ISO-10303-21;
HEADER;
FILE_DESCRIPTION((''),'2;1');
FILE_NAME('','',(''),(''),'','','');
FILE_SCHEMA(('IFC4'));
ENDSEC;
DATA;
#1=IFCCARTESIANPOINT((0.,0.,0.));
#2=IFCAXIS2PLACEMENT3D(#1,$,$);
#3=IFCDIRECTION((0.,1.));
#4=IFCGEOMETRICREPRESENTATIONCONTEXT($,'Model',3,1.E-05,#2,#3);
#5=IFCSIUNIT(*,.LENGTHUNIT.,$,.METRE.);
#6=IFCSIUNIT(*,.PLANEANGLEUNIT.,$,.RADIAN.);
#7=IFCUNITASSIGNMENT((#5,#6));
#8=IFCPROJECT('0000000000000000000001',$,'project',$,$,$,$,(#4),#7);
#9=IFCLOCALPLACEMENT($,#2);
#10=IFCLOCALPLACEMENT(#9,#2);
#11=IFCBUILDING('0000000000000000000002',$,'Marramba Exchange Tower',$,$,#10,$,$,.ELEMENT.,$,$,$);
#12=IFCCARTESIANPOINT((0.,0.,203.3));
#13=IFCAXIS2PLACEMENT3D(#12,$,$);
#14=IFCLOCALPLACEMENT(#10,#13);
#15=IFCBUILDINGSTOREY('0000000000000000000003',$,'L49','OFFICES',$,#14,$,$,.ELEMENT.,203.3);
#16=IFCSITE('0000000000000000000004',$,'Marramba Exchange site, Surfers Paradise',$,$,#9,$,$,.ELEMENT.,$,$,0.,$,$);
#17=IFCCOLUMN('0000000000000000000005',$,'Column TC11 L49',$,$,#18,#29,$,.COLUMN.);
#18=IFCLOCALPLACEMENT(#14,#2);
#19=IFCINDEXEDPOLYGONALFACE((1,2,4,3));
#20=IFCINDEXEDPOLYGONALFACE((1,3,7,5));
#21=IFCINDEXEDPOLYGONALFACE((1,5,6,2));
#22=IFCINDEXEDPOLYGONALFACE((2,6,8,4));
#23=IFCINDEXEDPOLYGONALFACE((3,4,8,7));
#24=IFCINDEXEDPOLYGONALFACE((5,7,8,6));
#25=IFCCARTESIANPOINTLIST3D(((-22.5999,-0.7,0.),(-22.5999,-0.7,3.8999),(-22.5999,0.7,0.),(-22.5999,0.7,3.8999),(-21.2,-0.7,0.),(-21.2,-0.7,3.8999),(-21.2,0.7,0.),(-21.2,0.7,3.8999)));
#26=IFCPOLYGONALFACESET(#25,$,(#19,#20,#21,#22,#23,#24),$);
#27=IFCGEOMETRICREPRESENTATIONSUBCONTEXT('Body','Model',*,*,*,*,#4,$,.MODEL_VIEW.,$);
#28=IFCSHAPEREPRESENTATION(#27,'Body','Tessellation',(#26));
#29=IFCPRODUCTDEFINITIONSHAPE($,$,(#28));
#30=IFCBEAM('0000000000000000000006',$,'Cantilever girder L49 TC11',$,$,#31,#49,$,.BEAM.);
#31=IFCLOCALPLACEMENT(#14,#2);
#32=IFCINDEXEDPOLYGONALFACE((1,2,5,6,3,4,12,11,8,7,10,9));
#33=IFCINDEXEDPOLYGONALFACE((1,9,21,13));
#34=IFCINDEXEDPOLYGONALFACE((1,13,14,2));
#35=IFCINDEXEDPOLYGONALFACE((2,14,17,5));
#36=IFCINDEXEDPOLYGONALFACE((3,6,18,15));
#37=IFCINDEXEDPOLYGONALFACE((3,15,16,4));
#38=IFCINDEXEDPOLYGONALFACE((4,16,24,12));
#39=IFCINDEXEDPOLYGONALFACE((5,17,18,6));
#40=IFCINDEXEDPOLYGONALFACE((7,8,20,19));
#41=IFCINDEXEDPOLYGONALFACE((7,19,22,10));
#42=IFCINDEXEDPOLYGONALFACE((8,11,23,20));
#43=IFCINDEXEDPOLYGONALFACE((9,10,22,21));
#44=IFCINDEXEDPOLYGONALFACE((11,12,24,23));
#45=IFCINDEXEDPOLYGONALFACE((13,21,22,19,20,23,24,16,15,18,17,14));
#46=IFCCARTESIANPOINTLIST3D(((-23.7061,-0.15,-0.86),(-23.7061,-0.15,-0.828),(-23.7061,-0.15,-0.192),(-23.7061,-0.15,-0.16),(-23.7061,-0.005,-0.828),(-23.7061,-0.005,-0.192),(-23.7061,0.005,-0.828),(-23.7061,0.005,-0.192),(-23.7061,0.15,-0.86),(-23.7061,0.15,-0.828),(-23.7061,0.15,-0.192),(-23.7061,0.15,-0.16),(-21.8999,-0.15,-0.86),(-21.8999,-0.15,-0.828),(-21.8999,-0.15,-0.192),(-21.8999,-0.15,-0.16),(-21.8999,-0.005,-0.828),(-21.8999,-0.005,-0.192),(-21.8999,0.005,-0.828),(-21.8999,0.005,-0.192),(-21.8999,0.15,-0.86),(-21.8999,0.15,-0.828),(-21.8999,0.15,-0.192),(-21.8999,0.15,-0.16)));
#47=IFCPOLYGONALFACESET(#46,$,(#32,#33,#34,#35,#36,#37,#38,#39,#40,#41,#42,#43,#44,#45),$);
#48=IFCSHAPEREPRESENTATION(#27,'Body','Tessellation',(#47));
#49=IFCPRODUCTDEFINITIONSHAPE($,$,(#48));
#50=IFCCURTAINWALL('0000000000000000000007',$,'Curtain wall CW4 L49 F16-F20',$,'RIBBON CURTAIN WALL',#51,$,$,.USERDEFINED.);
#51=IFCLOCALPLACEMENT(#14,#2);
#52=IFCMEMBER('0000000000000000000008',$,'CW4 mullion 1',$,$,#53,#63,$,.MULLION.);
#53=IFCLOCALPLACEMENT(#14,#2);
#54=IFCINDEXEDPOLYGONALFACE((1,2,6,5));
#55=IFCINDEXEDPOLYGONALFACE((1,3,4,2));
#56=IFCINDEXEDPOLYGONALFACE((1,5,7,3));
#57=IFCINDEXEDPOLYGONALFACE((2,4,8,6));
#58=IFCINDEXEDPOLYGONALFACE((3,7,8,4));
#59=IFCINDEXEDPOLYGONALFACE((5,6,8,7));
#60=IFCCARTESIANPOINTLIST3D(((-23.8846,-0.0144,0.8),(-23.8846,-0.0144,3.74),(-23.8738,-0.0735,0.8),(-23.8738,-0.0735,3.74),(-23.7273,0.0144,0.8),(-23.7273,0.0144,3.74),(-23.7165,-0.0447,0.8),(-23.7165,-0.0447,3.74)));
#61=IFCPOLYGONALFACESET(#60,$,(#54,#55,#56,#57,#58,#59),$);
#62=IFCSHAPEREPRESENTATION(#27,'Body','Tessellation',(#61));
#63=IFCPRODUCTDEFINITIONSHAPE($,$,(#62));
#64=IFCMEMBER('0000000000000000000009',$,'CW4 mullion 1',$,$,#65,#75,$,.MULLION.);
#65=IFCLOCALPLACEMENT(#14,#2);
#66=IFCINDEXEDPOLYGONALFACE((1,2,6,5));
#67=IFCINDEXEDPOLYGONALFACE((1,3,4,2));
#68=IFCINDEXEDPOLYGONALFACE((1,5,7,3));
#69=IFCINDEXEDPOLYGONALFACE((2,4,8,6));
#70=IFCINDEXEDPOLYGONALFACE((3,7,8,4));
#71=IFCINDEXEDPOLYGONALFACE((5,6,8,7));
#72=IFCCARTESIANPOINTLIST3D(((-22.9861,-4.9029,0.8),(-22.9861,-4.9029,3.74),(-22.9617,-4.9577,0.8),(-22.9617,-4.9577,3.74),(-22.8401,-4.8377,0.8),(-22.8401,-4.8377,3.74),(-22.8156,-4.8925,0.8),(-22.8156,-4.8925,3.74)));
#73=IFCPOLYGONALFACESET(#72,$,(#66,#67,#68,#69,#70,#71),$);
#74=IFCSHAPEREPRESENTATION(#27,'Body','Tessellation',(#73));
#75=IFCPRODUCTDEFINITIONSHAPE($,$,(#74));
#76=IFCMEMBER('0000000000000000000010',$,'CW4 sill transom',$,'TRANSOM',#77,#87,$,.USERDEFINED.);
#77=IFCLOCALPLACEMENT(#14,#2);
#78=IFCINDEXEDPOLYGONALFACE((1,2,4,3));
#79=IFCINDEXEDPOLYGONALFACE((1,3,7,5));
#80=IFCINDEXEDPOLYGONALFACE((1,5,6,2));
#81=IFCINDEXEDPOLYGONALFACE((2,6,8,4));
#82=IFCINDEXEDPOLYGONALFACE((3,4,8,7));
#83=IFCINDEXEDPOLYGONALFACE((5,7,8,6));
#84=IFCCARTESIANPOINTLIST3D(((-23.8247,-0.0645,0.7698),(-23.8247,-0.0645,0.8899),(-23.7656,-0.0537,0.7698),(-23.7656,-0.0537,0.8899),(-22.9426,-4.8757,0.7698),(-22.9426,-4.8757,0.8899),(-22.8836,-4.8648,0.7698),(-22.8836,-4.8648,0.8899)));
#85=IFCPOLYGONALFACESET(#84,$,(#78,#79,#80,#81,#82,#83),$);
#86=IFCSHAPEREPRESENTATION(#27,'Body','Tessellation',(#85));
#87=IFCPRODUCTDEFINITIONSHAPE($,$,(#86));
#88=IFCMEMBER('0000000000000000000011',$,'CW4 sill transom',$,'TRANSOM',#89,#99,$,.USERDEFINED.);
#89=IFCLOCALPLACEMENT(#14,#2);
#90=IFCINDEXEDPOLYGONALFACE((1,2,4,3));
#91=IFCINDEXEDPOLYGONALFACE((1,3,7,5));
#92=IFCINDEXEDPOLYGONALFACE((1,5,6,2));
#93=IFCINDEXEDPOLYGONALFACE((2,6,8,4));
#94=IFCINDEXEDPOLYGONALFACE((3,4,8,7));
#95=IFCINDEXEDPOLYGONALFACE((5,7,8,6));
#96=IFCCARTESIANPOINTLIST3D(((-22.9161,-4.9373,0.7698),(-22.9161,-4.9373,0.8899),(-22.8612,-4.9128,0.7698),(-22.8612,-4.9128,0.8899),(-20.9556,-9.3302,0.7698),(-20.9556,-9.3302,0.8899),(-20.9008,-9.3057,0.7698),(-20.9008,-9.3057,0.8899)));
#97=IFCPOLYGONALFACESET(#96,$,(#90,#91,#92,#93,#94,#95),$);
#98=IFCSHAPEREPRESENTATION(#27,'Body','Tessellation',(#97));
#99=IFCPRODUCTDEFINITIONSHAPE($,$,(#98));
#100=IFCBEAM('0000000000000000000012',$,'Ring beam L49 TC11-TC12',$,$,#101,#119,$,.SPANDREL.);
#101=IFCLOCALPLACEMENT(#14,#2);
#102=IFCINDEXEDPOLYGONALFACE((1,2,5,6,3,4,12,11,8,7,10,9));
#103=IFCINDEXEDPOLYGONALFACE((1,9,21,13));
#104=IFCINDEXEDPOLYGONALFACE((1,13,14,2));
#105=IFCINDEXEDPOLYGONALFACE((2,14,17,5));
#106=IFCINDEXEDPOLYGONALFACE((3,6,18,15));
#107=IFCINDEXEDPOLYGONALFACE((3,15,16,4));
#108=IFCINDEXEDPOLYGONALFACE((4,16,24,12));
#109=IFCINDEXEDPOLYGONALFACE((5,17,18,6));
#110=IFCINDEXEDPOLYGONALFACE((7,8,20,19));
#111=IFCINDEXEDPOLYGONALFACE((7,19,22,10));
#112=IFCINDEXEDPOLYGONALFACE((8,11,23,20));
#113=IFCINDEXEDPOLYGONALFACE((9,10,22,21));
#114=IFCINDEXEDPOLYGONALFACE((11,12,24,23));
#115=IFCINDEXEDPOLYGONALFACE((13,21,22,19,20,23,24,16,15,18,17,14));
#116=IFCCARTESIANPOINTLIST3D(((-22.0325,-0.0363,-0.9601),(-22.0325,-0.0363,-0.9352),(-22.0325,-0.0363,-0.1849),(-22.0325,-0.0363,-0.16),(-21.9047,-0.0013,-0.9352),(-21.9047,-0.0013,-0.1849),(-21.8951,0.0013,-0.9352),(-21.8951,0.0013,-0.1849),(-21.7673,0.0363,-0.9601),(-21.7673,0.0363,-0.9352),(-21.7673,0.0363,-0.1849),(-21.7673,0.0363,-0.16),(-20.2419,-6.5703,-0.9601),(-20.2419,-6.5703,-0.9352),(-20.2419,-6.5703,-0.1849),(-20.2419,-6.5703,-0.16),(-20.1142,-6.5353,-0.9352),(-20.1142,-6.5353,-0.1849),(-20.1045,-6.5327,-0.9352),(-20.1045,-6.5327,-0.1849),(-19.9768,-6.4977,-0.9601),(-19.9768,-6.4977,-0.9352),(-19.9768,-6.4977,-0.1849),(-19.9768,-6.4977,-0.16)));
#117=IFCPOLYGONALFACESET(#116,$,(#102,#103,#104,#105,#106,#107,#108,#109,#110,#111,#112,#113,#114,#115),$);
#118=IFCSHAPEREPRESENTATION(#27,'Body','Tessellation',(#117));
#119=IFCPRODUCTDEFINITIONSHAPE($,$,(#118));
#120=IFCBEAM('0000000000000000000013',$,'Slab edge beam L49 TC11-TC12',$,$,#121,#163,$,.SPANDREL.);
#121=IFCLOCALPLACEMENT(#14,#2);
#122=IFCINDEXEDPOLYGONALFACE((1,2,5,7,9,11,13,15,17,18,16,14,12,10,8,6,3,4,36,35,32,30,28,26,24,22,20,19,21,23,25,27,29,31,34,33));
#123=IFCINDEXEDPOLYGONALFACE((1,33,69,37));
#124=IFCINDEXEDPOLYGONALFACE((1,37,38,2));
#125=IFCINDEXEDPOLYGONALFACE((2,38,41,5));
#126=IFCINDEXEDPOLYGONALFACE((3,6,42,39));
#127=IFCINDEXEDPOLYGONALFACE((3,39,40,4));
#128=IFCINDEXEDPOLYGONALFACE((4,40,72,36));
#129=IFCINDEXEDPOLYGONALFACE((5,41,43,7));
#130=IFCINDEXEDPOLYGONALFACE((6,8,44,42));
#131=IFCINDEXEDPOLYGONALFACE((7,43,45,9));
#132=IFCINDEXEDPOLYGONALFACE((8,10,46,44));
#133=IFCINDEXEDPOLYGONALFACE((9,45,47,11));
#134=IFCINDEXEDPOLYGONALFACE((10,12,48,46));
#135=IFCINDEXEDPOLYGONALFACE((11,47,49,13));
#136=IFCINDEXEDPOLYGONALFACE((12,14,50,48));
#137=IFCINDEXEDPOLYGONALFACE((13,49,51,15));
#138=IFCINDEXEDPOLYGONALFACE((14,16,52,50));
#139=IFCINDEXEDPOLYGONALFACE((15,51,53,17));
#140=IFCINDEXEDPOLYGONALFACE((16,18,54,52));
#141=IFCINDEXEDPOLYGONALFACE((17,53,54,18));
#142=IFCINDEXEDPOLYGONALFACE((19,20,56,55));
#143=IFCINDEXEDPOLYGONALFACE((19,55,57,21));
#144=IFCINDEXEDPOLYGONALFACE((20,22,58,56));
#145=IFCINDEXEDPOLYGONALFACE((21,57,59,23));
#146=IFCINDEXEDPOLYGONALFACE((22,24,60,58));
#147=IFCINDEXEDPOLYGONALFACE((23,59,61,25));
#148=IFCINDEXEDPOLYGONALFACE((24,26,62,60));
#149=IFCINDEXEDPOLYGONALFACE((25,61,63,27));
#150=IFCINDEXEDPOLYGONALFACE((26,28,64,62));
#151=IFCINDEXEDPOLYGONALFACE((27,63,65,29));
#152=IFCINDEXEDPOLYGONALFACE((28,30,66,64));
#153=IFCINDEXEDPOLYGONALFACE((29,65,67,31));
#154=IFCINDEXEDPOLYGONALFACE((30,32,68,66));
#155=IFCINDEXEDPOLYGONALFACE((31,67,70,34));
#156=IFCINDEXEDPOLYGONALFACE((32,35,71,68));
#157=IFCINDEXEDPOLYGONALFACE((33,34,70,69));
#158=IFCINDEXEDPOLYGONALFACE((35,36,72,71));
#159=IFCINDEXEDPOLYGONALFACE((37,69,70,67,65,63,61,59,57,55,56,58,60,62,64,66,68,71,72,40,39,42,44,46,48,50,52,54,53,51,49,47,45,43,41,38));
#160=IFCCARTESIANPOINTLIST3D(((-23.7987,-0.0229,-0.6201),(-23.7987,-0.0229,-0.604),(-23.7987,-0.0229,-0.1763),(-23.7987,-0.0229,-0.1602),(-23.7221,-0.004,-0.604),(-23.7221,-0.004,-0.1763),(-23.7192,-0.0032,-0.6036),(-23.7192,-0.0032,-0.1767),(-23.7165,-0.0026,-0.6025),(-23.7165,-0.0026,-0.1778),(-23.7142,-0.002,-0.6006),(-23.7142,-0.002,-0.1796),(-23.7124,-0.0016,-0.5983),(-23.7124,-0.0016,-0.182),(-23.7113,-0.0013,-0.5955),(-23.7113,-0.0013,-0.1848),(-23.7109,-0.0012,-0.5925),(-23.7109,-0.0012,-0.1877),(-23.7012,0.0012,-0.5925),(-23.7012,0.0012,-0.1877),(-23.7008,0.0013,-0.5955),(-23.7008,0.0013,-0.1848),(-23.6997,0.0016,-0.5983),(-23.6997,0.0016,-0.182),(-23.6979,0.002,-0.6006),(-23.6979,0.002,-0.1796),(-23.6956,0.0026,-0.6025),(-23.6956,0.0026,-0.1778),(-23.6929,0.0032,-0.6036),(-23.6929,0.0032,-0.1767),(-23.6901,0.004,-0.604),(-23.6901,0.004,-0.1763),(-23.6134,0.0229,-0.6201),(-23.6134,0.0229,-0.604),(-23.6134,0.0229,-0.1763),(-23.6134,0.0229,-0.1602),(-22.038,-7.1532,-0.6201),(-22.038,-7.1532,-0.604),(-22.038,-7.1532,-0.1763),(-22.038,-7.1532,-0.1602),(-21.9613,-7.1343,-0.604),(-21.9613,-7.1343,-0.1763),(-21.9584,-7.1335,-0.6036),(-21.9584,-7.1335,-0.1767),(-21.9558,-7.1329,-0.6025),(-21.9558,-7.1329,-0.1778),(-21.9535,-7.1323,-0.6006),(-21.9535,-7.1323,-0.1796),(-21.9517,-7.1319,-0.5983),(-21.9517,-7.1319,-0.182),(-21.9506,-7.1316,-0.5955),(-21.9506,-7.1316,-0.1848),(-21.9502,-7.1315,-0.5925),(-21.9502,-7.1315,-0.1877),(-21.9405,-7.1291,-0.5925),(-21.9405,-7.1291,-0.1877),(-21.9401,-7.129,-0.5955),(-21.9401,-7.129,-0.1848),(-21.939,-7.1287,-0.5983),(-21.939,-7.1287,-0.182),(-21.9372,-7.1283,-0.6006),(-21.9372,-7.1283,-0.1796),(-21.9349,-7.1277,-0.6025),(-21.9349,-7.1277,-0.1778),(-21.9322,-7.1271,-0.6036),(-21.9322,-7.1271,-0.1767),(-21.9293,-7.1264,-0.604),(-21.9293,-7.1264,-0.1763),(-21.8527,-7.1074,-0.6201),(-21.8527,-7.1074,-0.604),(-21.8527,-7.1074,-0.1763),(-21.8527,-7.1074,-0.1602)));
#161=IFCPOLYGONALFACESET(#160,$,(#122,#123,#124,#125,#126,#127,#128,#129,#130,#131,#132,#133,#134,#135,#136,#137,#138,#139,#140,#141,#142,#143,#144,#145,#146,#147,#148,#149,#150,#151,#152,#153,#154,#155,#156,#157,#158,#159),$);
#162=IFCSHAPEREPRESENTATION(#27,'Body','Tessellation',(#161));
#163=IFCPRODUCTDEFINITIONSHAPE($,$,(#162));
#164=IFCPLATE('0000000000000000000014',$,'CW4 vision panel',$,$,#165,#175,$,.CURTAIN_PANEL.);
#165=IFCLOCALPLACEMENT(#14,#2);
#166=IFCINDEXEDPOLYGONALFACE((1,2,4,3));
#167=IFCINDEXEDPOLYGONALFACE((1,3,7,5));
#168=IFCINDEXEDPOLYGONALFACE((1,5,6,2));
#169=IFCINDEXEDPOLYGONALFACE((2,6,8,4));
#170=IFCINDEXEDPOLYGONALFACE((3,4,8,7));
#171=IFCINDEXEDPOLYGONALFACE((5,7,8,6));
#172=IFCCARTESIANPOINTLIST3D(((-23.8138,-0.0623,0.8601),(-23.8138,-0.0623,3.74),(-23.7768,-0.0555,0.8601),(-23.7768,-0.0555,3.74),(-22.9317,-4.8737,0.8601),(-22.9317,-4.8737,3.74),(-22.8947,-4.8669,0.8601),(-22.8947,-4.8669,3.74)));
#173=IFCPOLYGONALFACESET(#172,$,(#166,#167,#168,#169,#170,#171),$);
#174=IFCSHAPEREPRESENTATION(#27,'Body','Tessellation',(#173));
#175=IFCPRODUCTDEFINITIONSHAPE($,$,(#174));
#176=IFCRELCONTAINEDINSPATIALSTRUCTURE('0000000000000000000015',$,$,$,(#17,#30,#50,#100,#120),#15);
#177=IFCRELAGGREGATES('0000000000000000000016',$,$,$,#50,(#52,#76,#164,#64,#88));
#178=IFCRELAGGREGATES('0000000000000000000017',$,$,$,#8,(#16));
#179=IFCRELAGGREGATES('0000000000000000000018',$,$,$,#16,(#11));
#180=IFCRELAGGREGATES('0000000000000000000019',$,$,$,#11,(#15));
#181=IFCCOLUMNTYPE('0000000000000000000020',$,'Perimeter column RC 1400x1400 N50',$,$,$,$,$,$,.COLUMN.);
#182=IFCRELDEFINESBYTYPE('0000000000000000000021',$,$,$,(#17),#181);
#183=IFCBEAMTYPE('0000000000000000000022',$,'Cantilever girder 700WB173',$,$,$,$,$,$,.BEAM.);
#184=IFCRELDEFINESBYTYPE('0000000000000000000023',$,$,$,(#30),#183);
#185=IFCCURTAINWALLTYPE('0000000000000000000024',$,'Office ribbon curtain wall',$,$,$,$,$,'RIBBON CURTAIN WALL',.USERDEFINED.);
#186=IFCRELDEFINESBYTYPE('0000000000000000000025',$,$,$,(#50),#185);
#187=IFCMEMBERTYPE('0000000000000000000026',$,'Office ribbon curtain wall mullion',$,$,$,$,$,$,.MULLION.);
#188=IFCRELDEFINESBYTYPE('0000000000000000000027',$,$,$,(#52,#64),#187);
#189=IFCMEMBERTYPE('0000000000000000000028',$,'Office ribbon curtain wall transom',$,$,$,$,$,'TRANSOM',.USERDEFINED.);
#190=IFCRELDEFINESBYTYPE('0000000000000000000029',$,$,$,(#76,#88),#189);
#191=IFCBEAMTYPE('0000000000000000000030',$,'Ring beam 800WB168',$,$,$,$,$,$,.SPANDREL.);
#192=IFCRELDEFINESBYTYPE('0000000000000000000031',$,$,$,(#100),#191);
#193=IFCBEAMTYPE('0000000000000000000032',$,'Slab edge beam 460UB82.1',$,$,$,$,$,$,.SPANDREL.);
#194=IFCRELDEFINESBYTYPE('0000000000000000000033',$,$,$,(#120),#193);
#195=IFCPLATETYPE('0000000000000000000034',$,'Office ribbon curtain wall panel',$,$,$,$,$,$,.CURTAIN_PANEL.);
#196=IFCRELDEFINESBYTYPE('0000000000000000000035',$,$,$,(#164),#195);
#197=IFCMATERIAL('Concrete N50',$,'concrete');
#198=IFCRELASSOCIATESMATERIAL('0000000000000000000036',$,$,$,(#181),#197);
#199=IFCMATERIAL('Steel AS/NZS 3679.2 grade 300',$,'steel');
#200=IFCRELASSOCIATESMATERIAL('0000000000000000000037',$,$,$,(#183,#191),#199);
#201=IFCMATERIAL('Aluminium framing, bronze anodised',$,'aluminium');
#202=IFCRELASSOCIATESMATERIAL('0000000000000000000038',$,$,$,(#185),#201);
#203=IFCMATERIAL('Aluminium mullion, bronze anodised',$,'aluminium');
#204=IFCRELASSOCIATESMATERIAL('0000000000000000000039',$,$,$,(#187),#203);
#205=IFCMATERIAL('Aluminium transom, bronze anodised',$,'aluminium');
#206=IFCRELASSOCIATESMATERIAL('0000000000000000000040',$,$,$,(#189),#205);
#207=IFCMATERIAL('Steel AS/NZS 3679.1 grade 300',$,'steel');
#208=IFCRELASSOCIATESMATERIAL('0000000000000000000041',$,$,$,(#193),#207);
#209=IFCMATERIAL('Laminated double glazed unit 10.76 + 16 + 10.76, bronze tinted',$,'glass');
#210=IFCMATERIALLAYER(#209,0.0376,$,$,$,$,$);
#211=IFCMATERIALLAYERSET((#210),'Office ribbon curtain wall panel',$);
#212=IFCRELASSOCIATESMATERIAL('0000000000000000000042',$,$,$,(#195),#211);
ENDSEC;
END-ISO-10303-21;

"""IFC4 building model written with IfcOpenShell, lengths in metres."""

from ifc_helpers import new_model, si_unit, direction, frame, origin, origin_2d, place, context, subcontext, project, spatial, rectangle, i_section, extrude, material, layer, layer_set, material_profile, profile_set, type_object, element, aggregate, save


model = new_model("IFC4")

# Units and contexts
model_context = context("Model", 3, precision=1e-05, world=origin(), true_north=direction((0.0, 1.0)))
body_context = subcontext(model_context, "Body", "Model", "MODEL_VIEW")
ifc_project = project(units=[si_unit("LENGTHUNIT", "METRE"), si_unit("PLANEANGLEUNIT", "RADIAN")], contexts=[model_context])

# Site, building, storey
site_placement = place(None, origin())
site = spatial("IfcSite", under=ifc_project, at=site_placement, Name="Marramba Exchange site, Surfers Paradise", CompositionType="ELEMENT", RefElevation=0.0)
building_placement = place(site_placement, origin())
building = spatial("IfcBuilding", under=site, at=building_placement, Name="Marramba Exchange Tower", CompositionType="ELEMENT")
storey_placement = place(building_placement, frame((0.0, 0.0, 203.3)))
storey = spatial("IfcBuildingStorey", under=building, at=storey_placement, Name="L49", Description="OFFICES", CompositionType="ELEMENT", Elevation=203.3)

# Column
ifc_material_1 = material(Name="Concrete N50", Category="concrete")
ifc_material_profile_1 = material_profile(ifc_material_1, rectangle(XDim=1.3999, YDim=1.3999, at=origin_2d()), Name="RC 1400x1400")
ifc_profile_set_1 = profile_set([ifc_material_profile_1], Name="Concrete N50")
column_type = type_object("IfcColumnType", Name="Perimeter column RC 1400x1400 N50", PredefinedType="COLUMN", material=ifc_profile_set_1)
column_placement = place(storey_placement, frame((-21.8999, 0.0, 0.0), z_axis=(0.0, 0.0, 1.0), x_axis=(-1.0, 0.0, 0.0)))
element("IfcColumn", 1, at=column_placement, inside=storey, type_object=column_type, Name="Column TC11 L49", PredefinedType="COLUMN", context=body_context, shape_type="SweptSolid", body=[
    extrude(rectangle(XDim=1.3999, YDim=1.3999, at=origin_2d()), origin(), (0.0, 0.0, 1.0), 3.8999),
])

# Beam
ifc_material_2 = material(Name="Steel AS/NZS 3679.2 grade 300", Category="steel")
ifc_material_profile_2 = material_profile(ifc_material_2, i_section(OverallWidth=0.3, OverallDepth=0.7, WebThickness=0.01, FlangeThickness=0.032, at=origin_2d()), Name="700WB173")
ifc_profile_set_2 = profile_set([ifc_material_profile_2], Name="Steel AS/NZS 3679.2 grade 300")
beam_type_1 = type_object("IfcBeamType", Name="Cantilever girder 700WB173", PredefinedType="BEAM", material=ifc_profile_set_2)
beam_1_placement = place(storey_placement, frame((-21.8999, 0.0, -0.51), z_axis=(-1.0, 0.0, 0.0), x_axis=(0.0, -1.0, 0.0)))
element("IfcBeam", 2, at=beam_1_placement, inside=storey, type_object=beam_type_1, Name="Cantilever girder L49 TC11", PredefinedType="BEAM", context=body_context, shape_type="SweptSolid", body=[
    extrude(i_section(OverallWidth=0.3, OverallDepth=0.7, WebThickness=0.01, FlangeThickness=0.032, at=origin_2d()), origin(), (0.0, 0.0, 1.0), 1.8062),
])

# Curtain wall, members
ifc_material_3 = material(Name="Aluminium framing, bronze anodised", Category="aluminium")
curtain_wall_type = type_object("IfcCurtainWallType", Name="Office ribbon curtain wall", ElementType="RIBBON CURTAIN WALL", PredefinedType="USERDEFINED", material=ifc_material_3)
curtain_wall_placement = place(storey_placement, origin())
curtain_wall = element("IfcCurtainWall", 3, at=curtain_wall_placement, inside=storey, type_object=curtain_wall_type, Name="Curtain wall CW4 L49 F16-F20", ObjectType="RIBBON CURTAIN WALL", PredefinedType="USERDEFINED")
ifc_material_4 = material(Name="Aluminium mullion, bronze anodised", Category="aluminium")
ifc_material_profile_3 = material_profile(ifc_material_4, rectangle(XDim=0.1599, YDim=0.0601, at=origin_2d()), Name="CW4 mullion 60x160")
ifc_profile_set_3 = profile_set([ifc_material_profile_3], Name="Aluminium mullion, bronze anodised")
member_type_1 = type_object("IfcMemberType", Name="Office ribbon curtain wall mullion", PredefinedType="MULLION", material=ifc_profile_set_3)
member_1_placement = place(storey_placement, frame((-23.8005, -0.0295, 0.8), z_axis=(0.0, 0.0, 1.0), x_axis=(0.983607, 0.180327, 0.0)))
member_1 = element("IfcMember", 4, at=member_1_placement, type_object=member_type_1, Name="CW4 mullion 1", PredefinedType="MULLION", context=body_context, shape_type="SweptSolid", body=[
    extrude(rectangle(XDim=0.1599, YDim=0.0601, at=origin_2d()), origin(), (0.0, 0.0, 1.0), 2.9399),
])
member_2_placement = place(storey_placement, frame((-22.9009, -4.8977, 0.8), z_axis=(0.0, 0.0, 1.0), x_axis=(0.91318, 0.407558, 0.0)))
member_2 = element("IfcMember", 5, at=member_2_placement, type_object=member_type_1, Name="CW4 mullion 1", PredefinedType="MULLION", context=body_context, shape_type="SweptSolid", body=[
    extrude(rectangle(XDim=0.1599, YDim=0.0601, at=origin_2d()), origin(), (0.0, 0.0, 1.0), 2.9399),
])
ifc_material_5 = material(Name="Aluminium transom, bronze anodised", Category="aluminium")
ifc_material_profile_4 = material_profile(ifc_material_5, rectangle(XDim=0.0601, YDim=0.1201, at=origin_2d()), Name="CW4 transom 60x120")
ifc_profile_set_4 = profile_set([ifc_material_profile_4], Name="Aluminium transom, bronze anodised")
member_type_2 = type_object("IfcMemberType", Name="Office ribbon curtain wall transom", ElementType="TRANSOM", PredefinedType="USERDEFINED", material=ifc_profile_set_4)
member_3_placement = place(storey_placement, frame((-23.7952, -0.0591, 0.8298), z_axis=(0.18033, -0.983606, 0.0), x_axis=(0.983606, 0.18033, 0.0)))
member_3 = element("IfcMember", 6, at=member_3_placement, type_object=member_type_2, Name="CW4 sill transom", ObjectType="TRANSOM", PredefinedType="USERDEFINED", context=body_context, shape_type="SweptSolid", body=[
    extrude(rectangle(XDim=0.0601, YDim=0.1201, at=origin_2d()), origin(), (0.0, 0.0, 1.0), 4.8914),
])
member_4_placement = place(storey_placement, frame((-22.8887, -4.925, 0.8298), z_axis=(0.407541, -0.913187, 0.0), x_axis=(0.913187, 0.407541, 0.0)))
member_4 = element("IfcMember", 7, at=member_4_placement, type_object=member_type_2, Name="CW4 sill transom", ObjectType="TRANSOM", PredefinedType="USERDEFINED", context=body_context, shape_type="SweptSolid", body=[
    extrude(rectangle(XDim=0.0601, YDim=0.1201, at=origin_2d()), origin(), (0.0, 0.0, 1.0), 4.8105),
])

# Beams
ifc_material_profile_5 = material_profile(ifc_material_2, i_section(OverallWidth=0.2749, OverallDepth=0.8, WebThickness=0.01, FlangeThickness=0.0249, at=origin_2d()), Name="800WB168")
ifc_profile_set_5 = profile_set([ifc_material_profile_5], Name="Steel AS/NZS 3679.2 grade 300")
beam_type_2 = type_object("IfcBeamType", Name="Ring beam 800WB168", PredefinedType="SPANDREL", material=ifc_profile_set_5)
beam_2_placement = place(storey_placement, frame((-21.8999, 0.0, -0.5601), z_axis=(0.264291, -0.964443, 0.0), x_axis=(0.964443, 0.264291, 0.0)))
element("IfcBeam", 8, at=beam_2_placement, inside=storey, type_object=beam_type_2, Name="Ring beam L49 TC11-TC12", PredefinedType="SPANDREL", context=body_context, shape_type="SweptSolid", body=[
    extrude(i_section(OverallWidth=0.2749, OverallDepth=0.8, WebThickness=0.01, FlangeThickness=0.0249, at=origin_2d()), origin(), (0.0, 0.0, 1.0), 6.7749),
])
ifc_material_6 = material(Name="Steel AS/NZS 3679.1 grade 300", Category="steel")
ifc_material_profile_6 = material_profile(ifc_material_6, i_section(OverallWidth=0.1909, OverallDepth=0.46, WebThickness=0.01, FlangeThickness=0.0161, FilletRadius=0.0115, at=origin_2d()), Name="460UB82.1")
ifc_profile_set_6 = profile_set([ifc_material_profile_6], Name="Steel AS/NZS 3679.1 grade 300")
beam_type_3 = type_object("IfcBeamType", Name="Slab edge beam 460UB82.1", PredefinedType="SPANDREL", material=ifc_profile_set_6)
beam_3_placement = place(storey_placement, frame((-23.7061, 0.0, -0.3901), z_axis=(0.239735, -0.970838, 0.0), x_axis=(0.970838, 0.239735, 0.0)))
element("IfcBeam", 9, at=beam_3_placement, inside=storey, type_object=beam_type_3, Name="Slab edge beam L49 TC11-TC12", PredefinedType="SPANDREL", context=body_context, shape_type="SweptSolid", body=[
    extrude(i_section(OverallWidth=0.1909, OverallDepth=0.46, WebThickness=0.01, FlangeThickness=0.0161, FilletRadius=0.0115, at=origin_2d()), origin(), (0.0, 0.0, 1.0), 7.3445),
])

# Plate
ifc_material_7 = material(Name="Laminated double glazed unit 10.76 + 16 + 10.76, bronze tinted", Category="glass")
ifc_layer_1 = layer(ifc_material_7, 0.0376)
ifc_layer_set_1 = layer_set([ifc_layer_1], Name="Office ribbon curtain wall panel")
plate_type = type_object("IfcPlateType", Name="Office ribbon curtain wall panel", PredefinedType="CURTAIN_PANEL", material=ifc_layer_set_1)
plate_placement = place(storey_placement, frame((-23.3542, -2.4646, 0.8601), z_axis=(0.0, 0.0, 1.0), x_axis=(0.180327, -0.983607, 0.0)))
plate = element("IfcPlate", 10, at=plate_placement, type_object=plate_type, Name="CW4 vision panel", PredefinedType="CURTAIN_PANEL", context=body_context, shape_type="SweptSolid", body=[
    extrude(rectangle(XDim=4.8916, YDim=0.0376, at=origin_2d()), origin(), (0.0, 0.0, 1.0), 2.8799),
])
aggregate(curtain_wall, [member_1, member_3, plate, member_2, member_4])

save(model, "model.ifc")
